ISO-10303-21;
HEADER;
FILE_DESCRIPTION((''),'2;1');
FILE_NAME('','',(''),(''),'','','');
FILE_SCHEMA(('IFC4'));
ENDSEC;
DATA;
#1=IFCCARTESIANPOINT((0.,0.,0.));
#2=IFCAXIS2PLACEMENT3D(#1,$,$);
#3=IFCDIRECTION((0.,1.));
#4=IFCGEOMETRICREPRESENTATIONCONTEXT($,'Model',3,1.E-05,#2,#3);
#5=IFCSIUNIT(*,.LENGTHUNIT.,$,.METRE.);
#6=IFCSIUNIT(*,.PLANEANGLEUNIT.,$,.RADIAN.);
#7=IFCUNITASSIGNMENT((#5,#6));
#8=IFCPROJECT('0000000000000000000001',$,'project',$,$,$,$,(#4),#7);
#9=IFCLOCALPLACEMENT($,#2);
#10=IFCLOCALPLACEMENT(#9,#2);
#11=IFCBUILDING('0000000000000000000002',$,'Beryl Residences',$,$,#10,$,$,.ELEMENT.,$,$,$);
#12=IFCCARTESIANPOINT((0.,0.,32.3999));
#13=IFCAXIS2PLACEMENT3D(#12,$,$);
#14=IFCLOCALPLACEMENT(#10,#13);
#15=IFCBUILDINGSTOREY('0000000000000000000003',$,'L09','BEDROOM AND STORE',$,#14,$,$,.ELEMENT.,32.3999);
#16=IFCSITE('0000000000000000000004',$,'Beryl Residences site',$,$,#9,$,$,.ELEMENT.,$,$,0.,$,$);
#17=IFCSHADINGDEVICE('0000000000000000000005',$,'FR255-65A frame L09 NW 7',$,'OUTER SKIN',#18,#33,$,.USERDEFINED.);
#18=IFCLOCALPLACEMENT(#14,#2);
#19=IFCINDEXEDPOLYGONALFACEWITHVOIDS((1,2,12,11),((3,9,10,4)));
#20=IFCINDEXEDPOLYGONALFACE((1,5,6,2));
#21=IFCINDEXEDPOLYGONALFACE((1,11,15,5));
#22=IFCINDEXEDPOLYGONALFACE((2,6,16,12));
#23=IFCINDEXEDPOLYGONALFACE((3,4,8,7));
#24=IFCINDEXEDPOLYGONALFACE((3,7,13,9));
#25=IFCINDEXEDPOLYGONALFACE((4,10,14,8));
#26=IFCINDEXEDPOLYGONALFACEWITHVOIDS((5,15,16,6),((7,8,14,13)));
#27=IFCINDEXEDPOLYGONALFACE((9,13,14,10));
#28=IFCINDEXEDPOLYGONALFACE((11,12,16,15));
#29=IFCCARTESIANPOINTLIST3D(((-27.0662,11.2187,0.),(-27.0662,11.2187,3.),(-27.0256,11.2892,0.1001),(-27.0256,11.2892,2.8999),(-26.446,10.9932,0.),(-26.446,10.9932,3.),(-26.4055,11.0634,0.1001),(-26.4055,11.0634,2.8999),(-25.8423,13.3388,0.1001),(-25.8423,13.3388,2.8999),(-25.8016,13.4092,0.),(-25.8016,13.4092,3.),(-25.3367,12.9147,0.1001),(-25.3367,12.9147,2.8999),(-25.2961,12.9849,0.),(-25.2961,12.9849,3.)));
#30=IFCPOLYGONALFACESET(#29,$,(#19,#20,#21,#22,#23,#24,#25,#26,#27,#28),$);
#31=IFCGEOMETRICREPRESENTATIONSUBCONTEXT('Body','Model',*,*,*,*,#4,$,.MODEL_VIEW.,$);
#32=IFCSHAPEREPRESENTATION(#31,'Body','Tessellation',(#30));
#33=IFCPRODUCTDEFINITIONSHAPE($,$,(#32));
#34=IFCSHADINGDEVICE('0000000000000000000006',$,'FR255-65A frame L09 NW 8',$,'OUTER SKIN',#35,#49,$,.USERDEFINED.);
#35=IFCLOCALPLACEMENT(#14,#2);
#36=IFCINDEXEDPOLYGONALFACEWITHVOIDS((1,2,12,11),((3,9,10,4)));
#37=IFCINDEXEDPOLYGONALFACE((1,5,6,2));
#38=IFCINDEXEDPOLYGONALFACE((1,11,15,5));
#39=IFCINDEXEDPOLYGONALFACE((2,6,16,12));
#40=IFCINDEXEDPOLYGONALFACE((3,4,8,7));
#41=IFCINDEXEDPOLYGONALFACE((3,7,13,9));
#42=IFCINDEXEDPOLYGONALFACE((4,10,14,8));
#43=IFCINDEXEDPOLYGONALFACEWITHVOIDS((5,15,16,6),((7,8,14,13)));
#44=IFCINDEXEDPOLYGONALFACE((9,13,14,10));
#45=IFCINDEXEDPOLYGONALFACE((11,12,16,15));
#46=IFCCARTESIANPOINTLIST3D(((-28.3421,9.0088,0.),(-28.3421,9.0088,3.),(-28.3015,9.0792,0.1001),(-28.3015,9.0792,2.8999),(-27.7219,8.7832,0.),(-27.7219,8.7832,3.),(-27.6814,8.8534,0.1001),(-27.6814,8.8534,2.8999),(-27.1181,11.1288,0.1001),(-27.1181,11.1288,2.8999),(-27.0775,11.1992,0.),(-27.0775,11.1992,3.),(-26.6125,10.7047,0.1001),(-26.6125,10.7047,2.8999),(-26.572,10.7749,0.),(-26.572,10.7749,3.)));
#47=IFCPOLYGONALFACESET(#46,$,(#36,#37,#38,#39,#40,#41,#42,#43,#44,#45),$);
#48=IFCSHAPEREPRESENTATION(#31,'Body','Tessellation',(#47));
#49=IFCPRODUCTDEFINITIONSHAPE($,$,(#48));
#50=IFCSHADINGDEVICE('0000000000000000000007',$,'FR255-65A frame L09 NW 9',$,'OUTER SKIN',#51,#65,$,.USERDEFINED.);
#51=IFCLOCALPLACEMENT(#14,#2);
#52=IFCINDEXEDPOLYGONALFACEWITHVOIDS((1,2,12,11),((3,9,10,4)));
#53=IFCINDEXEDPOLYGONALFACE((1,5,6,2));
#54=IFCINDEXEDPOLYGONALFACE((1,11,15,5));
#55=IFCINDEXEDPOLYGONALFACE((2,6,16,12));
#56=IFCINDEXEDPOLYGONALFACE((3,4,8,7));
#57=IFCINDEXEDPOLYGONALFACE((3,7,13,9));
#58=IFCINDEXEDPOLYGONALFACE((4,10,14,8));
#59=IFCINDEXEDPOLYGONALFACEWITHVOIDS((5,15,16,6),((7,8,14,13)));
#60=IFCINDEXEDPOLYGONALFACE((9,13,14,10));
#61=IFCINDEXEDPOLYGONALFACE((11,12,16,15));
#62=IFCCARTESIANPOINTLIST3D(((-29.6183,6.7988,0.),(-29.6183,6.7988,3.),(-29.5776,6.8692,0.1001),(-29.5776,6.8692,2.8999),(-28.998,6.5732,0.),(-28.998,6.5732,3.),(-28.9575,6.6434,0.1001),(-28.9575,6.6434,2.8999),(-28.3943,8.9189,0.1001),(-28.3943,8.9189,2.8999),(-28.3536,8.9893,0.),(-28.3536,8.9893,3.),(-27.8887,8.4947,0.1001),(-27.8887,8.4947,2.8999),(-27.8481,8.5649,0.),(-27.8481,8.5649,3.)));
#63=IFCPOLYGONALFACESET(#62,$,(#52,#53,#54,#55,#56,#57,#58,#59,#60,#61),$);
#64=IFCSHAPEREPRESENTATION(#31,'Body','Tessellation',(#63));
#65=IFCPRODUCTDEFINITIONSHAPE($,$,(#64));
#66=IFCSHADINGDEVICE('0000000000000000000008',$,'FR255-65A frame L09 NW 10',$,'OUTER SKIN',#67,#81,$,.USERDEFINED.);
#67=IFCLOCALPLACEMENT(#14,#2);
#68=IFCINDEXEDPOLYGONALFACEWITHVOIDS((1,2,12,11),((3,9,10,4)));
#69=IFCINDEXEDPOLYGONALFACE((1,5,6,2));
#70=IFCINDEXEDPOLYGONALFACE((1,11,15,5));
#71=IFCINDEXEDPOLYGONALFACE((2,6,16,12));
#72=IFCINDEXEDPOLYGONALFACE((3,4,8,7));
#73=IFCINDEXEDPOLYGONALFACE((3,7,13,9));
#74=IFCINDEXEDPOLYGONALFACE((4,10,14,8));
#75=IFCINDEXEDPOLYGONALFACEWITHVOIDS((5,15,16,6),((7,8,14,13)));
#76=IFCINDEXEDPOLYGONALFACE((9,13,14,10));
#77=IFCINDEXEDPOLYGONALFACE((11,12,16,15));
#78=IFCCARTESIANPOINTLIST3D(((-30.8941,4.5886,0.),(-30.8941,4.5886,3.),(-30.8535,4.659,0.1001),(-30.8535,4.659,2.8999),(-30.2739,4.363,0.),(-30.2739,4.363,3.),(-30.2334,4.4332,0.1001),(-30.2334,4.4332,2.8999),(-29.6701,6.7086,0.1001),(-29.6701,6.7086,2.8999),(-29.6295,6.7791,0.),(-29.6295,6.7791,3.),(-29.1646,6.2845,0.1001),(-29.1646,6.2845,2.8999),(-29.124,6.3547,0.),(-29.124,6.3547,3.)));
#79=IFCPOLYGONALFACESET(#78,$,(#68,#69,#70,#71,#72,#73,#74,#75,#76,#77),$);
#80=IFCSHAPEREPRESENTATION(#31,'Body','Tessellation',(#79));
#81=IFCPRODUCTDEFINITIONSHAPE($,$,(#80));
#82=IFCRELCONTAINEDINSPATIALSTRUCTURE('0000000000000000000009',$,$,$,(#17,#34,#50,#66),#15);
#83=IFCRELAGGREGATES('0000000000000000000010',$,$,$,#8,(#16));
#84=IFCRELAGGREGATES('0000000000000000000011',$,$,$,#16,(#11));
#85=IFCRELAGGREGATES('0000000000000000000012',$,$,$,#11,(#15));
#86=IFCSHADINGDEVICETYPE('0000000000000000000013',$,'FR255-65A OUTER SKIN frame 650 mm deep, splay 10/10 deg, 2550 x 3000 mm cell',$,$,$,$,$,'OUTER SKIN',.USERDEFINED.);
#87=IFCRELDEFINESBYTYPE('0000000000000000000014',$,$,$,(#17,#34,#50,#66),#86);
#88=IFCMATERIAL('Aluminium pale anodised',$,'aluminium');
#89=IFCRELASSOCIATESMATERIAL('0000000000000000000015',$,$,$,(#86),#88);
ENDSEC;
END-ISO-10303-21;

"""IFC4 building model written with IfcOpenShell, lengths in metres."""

from ifc_helpers import new_model, entity, si_unit, direction, frame, origin, place, context, subcontext, project, spatial, source, transform, mapped, material, type_object, type_shapes, element, save


model = new_model("IFC4")

# Units and contexts
model_context = context("Model", 3, precision=1e-05, world=origin(), true_north=direction((0.0, 1.0)))
body_context = subcontext(model_context, "Body", "Model", "MODEL_VIEW")
ifc_project = project(units=[si_unit("LENGTHUNIT", "METRE"), si_unit("PLANEANGLEUNIT", "RADIAN")], contexts=[model_context])

# Site, building, storey
site_placement = place(None, origin())
site = spatial("IfcSite", under=ifc_project, at=site_placement, Name="Beryl Residences site", CompositionType="ELEMENT", RefElevation=0.0)
building_placement = place(site_placement, origin())
building = spatial("IfcBuilding", under=site, at=building_placement, Name="Beryl Residences", CompositionType="ELEMENT")
storey_placement = place(building_placement, frame((0.0, 0.0, 32.3999)))
storey = spatial("IfcBuildingStorey", under=building, at=storey_placement, Name="L09", Description="BEDROOM AND STORE", CompositionType="ELEMENT", Elevation=32.3999)

# Shading devices
ifc_material_1 = material(Name="Aluminium pale anodised", Category="aluminium")
shading_device_type_1 = type_object("IfcShadingDeviceType", Name="FR255-65A OUTER SKIN frame 650 mm deep, splay 10/10 deg, 2550 x 3000 mm cell", ElementType="OUTER SKIN", PredefinedType="USERDEFINED", material=ifc_material_1)
cartesian_point_1 = entity("IfcCartesianPoint", [-1.1499, 0.0])
cartesian_point_2 = entity("IfcCartesianPoint", [-1.0688, 0.1001])
cartesian_point_3 = entity("IfcCartesianPoint", [-1.2646, 0.0])
cartesian_point_4 = entity("IfcCartesianPoint", [-1.1833, 0.1001])
shared_shape_1 = source(origin(), body_context, "Body", "SweptSolid", [
    entity("IfcExtrudedAreaSolidTapered", entity("IfcArbitraryProfileDefWithVoids", "AREA", None, entity("IfcPolyline", [cartesian_point_1, entity("IfcCartesianPoint", [1.1499, 0.0]), entity("IfcCartesianPoint", [1.1499, 3.0]), entity("IfcCartesianPoint", [-1.1499, 3.0]), cartesian_point_1]), [entity("IfcPolyline", [cartesian_point_2, entity("IfcCartesianPoint", [1.0688, 0.1001]), entity("IfcCartesianPoint", [1.0688, 2.8999]), entity("IfcCartesianPoint", [-1.0688, 2.8999]), cartesian_point_2])]), entity("IfcAxis2Placement3D", entity("IfcCartesianPoint", [0.0, 0.0, 0.0]), entity("IfcDirection", [0.0, 1.0, 0.0]), entity("IfcDirection", [-1.0, 0.0, 0.0])), entity("IfcDirection", [0.0, 0.0, 1.0]), 0.6499, entity("IfcArbitraryProfileDefWithVoids", "AREA", None, entity("IfcPolyline", [cartesian_point_3, entity("IfcCartesianPoint", [1.2646, 0.0]), entity("IfcCartesianPoint", [1.2646, 3.0]), entity("IfcCartesianPoint", [-1.2646, 3.0]), cartesian_point_3]), [entity("IfcPolyline", [cartesian_point_4, entity("IfcCartesianPoint", [1.1833, 0.1001]), entity("IfcCartesianPoint", [1.1833, 2.8999]), entity("IfcCartesianPoint", [-1.1833, 2.8999]), cartesian_point_4])])),
])
type_shapes(shading_device_type_1, [shared_shape_1])
for number, where, z_axis, x_axis, name in (
    (1, (-25.8711, 11.989, 0.0), (0.0, 0.0, 1.0), (0.5, 0.866025, 0.0), "FR255-65A frame L09 NW 7"),
    (2, (-27.147, 9.7791, 0.0), (0.0, 0.0, 1.0), (0.5, 0.866025, 0.0), "FR255-65A frame L09 NW 8"),
    (3, (-28.4231, 7.5691, 0.0), (0.0, 0.0, 1.0), (0.5, 0.866025, 0.0), "FR255-65A frame L09 NW 9"),
    (4, (-29.699, 5.3589, 0.0), (0.0, 0.0, 1.0), (0.5, 0.866025, 0.0), "FR255-65A frame L09 NW 10"),
):
    element("IfcShadingDevice", number, at=place(storey_placement, frame(where, z_axis=z_axis, x_axis=x_axis)), inside=storey, type_object=shading_device_type_1, Name=name, ObjectType="OUTER SKIN", PredefinedType="USERDEFINED", context=body_context, shape_type="MappedRepresentation", body=[
        mapped(shared_shape_1, transform((0.0, 0.0, 0.0))),
    ])

save(model, "model.ifc")
